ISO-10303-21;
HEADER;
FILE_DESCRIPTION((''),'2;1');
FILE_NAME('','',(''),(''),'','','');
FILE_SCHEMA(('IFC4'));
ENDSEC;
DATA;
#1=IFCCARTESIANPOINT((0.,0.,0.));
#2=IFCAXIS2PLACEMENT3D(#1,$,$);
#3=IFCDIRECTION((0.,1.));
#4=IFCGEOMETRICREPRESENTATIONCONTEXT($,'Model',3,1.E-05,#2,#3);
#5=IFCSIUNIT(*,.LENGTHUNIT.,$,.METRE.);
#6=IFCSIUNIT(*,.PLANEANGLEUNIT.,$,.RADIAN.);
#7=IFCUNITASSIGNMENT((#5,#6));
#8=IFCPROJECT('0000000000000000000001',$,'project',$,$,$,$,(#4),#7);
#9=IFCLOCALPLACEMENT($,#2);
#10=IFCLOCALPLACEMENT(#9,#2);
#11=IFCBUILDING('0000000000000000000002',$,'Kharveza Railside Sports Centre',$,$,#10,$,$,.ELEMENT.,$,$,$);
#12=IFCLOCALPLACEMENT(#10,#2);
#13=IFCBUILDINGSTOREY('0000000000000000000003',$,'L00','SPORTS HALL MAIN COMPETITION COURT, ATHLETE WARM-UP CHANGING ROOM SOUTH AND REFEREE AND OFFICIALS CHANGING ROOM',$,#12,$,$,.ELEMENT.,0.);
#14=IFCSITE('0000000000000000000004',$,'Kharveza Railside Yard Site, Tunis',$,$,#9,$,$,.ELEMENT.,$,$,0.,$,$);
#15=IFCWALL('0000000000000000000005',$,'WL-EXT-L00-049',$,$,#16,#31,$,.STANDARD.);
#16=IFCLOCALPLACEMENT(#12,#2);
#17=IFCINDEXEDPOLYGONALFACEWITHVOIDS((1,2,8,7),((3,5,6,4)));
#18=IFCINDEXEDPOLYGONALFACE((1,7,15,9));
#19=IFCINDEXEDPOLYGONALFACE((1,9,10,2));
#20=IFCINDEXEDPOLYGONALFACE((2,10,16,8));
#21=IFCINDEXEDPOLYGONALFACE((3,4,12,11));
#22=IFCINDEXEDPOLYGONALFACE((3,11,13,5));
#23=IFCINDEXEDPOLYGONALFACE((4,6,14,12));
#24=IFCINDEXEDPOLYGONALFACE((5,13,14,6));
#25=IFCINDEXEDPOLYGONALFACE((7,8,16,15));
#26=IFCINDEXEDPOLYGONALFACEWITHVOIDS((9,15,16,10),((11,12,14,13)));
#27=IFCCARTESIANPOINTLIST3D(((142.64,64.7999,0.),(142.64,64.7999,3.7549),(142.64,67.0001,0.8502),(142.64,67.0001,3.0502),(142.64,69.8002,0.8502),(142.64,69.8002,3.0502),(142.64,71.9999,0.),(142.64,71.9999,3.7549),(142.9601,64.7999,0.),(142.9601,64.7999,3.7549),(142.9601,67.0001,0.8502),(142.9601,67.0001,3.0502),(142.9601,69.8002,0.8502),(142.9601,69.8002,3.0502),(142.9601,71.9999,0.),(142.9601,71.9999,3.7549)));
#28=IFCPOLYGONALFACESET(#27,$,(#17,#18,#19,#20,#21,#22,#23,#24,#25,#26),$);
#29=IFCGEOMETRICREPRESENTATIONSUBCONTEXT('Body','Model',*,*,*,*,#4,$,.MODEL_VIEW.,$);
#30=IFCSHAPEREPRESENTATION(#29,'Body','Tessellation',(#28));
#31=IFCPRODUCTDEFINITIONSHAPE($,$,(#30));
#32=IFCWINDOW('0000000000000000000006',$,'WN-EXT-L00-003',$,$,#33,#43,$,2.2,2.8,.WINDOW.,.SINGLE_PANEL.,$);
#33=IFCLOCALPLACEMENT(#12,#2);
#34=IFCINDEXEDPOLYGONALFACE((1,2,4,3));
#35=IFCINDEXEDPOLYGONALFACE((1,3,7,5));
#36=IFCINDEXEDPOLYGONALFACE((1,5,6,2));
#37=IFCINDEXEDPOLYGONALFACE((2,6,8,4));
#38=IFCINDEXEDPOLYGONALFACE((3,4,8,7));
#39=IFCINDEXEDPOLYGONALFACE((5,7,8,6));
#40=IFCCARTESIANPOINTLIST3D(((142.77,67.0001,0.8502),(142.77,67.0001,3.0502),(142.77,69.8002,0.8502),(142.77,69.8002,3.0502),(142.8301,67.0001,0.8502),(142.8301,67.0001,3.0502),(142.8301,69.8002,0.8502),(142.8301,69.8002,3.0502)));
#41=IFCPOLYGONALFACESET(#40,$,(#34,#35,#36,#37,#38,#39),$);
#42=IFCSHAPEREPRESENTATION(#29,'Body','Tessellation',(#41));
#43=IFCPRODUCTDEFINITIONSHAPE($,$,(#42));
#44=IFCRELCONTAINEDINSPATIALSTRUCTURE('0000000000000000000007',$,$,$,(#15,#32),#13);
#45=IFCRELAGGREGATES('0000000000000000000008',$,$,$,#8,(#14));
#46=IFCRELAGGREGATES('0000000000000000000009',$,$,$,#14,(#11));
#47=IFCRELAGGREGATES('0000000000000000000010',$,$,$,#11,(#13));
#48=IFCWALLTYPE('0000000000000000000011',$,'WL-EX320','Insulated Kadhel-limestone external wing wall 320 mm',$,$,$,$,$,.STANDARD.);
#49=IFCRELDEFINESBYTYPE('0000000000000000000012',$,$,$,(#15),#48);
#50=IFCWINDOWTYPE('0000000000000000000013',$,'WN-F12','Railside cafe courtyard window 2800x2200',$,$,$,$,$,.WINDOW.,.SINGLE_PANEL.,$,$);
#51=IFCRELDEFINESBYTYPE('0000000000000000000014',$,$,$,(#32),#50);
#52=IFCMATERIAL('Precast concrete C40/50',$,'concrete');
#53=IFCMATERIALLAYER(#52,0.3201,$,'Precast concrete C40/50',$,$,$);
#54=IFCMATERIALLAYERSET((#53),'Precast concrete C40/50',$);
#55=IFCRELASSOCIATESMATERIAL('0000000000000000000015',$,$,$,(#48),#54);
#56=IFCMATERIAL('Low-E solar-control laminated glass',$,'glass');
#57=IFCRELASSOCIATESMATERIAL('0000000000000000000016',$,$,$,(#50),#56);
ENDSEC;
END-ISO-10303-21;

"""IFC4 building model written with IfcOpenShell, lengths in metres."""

from ifc_helpers import new_model, si_unit, direction, frame, frame_2d, origin, place, context, subcontext, project, spatial, rectangle, extrude, material, layer, layer_set, type_object, element, fill, save


model = new_model("IFC4")

# Units and contexts
model_context = context("Model", 3, precision=1e-05, world=origin(), true_north=direction((0.0, 1.0)))
body_context = subcontext(model_context, "Body", "Model", "MODEL_VIEW")
ifc_project = project(units=[si_unit("LENGTHUNIT", "METRE"), si_unit("PLANEANGLEUNIT", "RADIAN")], contexts=[model_context])

# Site, building, storey
site_placement = place(None, origin())
site = spatial("IfcSite", under=ifc_project, at=site_placement, Name="Kharveza Railside Yard Site, Tunis", CompositionType="ELEMENT", RefElevation=0.0)
building_placement = place(site_placement, origin())
building = spatial("IfcBuilding", under=site, at=building_placement, Name="Kharveza Railside Sports Centre", CompositionType="ELEMENT")
storey_placement = place(building_placement, origin())
storey = spatial("IfcBuildingStorey", under=building, at=storey_placement, Name="L00", Description="SPORTS HALL MAIN COMPETITION COURT, ATHLETE WARM-UP CHANGING ROOM SOUTH AND REFEREE AND OFFICIALS CHANGING ROOM", CompositionType="ELEMENT", Elevation=0.0)

# Wall, opening, window
ifc_material_1 = material(Name="Precast concrete C40/50", Category="concrete")
ifc_layer = layer(ifc_material_1, 0.3201, Name="Precast concrete C40/50")
ifc_layer_set = layer_set([ifc_layer], Name="Precast concrete C40/50")
wall_type = type_object("IfcWallType", Name="WL-EX320", Description="Insulated Kadhel-limestone external wing wall 320 mm", PredefinedType="STANDARD", material=ifc_layer_set)
wall_placement = place(storey_placement, frame((142.8, 72.0, 0.0), z_axis=(0.0, 0.0, 1.0), x_axis=(0.0, -1.0, 0.0)))
wall = element("IfcWall", 1, at=wall_placement, inside=storey, type_object=wall_type, Name="WL-EXT-L00-049", PredefinedType="STANDARD", context=body_context, shape_type="SweptSolid", body=[
    extrude(rectangle(XDim=7.2, YDim=0.3201, at=frame_2d((3.6001, 0.0))), origin(), (0.0, 0.0, 1.0), 3.7549),
])
opening_placement = place(wall_placement, frame((2.2, 0.0, 0.8501)))
opening = element("IfcOpeningElement", 2, at=opening_placement, cuts=wall, PredefinedType="OPENING", context=body_context, shape_type="SweptSolid", body=[
    extrude(rectangle(XDim=2.8, YDim=2.2, at=frame_2d((1.3999, 1.1001))), frame((0.0, 0.1851, 0.0), z_axis=(0.0, -1.0, 0.0), x_axis=(1.0, 0.0, 0.0)), (0.0, 0.0, 1.0), 0.3699),
])
ifc_material_2 = material(Name="Low-E solar-control laminated glass", Category="glass")
window_type = type_object("IfcWindowType", Name="WN-F12", Description="Railside cafe courtyard window 2800x2200", PartitioningType="SINGLE_PANEL", PredefinedType="WINDOW", material=ifc_material_2)
window_placement = place(opening_placement, origin())
window = element("IfcWindow", 3, at=window_placement, inside=storey, type_object=window_type, Name="WN-EXT-L00-003", OverallHeight=2.2, OverallWidth=2.8, PartitioningType="SINGLE_PANEL", PredefinedType="WINDOW", context=body_context, shape_type="SweptSolid", body=[
    extrude(rectangle(XDim=2.8, YDim=2.2, at=frame_2d((1.3999, 1.1001))), frame((0.0, 0.03, 0.0), z_axis=(0.0, -1.0, 0.0), x_axis=(1.0, 0.0, 0.0)), (0.0, 0.0, 1.0), 0.0601),
])
fill(opening, window)

save(model, "model.ifc")
